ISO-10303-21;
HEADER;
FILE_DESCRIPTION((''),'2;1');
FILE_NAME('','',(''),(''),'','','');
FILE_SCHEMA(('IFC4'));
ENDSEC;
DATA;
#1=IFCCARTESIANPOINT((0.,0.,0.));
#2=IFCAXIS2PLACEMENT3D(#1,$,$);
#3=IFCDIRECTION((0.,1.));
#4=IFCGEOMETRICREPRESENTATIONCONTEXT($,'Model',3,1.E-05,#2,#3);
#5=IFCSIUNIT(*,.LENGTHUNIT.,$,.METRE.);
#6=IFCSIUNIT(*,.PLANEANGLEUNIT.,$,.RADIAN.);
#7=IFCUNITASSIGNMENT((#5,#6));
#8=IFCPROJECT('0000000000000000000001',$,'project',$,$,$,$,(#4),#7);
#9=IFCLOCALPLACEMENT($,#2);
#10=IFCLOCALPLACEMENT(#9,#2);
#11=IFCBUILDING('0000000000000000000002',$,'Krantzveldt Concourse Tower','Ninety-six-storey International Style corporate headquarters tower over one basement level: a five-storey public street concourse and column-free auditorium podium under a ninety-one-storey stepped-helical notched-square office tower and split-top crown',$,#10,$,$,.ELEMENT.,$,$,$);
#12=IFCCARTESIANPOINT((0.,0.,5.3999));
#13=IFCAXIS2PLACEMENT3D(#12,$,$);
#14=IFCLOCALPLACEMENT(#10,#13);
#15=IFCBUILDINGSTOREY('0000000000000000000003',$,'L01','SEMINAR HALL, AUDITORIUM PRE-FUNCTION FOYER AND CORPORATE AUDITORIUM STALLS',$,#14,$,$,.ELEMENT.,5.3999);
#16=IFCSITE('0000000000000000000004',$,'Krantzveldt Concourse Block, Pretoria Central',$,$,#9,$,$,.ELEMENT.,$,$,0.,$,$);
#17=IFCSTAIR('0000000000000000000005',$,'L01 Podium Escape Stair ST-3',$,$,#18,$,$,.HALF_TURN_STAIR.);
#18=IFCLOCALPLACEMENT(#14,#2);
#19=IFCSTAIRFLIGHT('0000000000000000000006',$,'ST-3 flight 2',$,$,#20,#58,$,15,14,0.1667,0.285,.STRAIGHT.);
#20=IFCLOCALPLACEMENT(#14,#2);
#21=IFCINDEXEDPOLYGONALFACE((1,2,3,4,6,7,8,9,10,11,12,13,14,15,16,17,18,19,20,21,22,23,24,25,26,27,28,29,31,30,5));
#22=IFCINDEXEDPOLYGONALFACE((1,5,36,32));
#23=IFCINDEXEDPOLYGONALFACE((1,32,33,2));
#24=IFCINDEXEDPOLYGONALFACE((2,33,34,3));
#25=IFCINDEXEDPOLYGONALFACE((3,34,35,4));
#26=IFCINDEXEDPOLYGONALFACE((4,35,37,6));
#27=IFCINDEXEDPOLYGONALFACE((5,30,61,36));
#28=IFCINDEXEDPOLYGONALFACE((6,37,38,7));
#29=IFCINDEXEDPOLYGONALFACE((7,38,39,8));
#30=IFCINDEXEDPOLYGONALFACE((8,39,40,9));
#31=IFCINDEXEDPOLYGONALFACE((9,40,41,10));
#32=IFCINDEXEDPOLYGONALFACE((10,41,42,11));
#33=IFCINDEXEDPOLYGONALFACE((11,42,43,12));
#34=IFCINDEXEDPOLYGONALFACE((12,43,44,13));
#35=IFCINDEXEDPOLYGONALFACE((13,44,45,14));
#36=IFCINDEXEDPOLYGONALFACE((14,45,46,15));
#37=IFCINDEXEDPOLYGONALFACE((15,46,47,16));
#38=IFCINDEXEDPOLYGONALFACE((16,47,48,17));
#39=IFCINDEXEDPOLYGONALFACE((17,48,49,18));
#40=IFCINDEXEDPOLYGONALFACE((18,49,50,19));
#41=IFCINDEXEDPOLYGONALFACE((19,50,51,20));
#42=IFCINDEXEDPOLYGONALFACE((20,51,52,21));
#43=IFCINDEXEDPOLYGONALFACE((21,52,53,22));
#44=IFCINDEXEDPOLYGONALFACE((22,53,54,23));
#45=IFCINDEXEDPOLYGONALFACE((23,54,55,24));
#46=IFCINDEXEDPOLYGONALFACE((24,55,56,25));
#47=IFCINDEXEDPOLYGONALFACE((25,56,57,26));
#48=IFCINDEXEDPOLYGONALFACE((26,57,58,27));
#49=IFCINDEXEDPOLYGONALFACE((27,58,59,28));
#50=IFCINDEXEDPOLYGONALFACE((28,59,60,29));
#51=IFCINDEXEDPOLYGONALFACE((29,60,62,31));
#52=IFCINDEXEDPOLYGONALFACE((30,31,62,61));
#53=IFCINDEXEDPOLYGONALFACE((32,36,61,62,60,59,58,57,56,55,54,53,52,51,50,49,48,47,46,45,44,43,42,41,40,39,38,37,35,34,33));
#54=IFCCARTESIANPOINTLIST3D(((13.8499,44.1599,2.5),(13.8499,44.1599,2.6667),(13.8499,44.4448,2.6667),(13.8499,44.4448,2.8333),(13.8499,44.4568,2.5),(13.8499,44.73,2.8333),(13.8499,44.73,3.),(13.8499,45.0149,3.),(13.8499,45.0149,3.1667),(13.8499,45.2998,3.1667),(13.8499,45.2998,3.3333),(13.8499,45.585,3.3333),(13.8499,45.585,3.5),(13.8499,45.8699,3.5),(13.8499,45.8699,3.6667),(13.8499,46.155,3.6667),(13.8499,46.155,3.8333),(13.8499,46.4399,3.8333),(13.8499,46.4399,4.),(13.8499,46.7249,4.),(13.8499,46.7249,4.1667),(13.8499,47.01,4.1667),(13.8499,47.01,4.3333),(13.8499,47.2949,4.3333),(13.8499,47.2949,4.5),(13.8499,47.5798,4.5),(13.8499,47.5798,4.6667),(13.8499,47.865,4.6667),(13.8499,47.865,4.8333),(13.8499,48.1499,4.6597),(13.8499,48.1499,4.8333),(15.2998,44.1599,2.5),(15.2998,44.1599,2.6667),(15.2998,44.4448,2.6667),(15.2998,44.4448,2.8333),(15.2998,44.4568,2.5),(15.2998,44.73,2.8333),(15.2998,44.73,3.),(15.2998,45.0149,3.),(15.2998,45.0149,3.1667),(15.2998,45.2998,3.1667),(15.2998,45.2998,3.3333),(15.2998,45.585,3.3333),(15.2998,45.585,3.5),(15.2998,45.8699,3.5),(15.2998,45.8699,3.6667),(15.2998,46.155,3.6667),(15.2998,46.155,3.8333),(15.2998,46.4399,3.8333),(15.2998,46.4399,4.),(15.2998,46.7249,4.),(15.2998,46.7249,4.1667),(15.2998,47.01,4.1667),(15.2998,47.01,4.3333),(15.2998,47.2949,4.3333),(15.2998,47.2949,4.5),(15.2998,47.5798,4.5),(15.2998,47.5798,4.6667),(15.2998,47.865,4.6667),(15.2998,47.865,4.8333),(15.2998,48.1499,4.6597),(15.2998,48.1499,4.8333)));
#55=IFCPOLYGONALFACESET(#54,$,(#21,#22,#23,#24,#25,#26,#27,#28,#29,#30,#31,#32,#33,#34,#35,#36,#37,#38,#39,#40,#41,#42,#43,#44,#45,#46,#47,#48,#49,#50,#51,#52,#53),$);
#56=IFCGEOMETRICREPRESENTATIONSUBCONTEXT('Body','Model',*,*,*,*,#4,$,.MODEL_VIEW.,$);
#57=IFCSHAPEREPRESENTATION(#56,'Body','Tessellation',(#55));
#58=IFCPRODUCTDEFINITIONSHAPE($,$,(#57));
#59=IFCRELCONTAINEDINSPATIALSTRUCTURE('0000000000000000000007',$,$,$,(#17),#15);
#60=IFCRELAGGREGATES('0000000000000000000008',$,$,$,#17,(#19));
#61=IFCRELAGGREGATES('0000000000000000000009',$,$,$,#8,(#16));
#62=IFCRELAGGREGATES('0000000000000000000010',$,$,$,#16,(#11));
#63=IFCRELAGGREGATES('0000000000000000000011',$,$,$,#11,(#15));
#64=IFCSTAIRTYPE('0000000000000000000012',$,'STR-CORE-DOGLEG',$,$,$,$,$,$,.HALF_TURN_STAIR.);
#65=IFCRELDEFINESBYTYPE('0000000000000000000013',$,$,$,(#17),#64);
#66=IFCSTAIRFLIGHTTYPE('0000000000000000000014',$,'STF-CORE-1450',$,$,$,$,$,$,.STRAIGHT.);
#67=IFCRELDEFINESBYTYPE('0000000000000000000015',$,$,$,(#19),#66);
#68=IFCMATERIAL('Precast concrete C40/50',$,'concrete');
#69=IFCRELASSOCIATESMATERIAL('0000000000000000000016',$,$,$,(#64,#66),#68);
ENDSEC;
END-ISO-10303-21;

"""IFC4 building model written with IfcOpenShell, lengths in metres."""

from ifc_helpers import new_model, si_unit, direction, frame, origin, place, context, subcontext, project, spatial, polyline, outline, extrude, material, type_object, element, aggregate, save


model = new_model("IFC4")

# Units and contexts
model_context = context("Model", 3, precision=1e-05, world=origin(), true_north=direction((0.0, 1.0)))
body_context = subcontext(model_context, "Body", "Model", "MODEL_VIEW")
ifc_project = project(units=[si_unit("LENGTHUNIT", "METRE"), si_unit("PLANEANGLEUNIT", "RADIAN")], contexts=[model_context])

# Site, building, storey
site_placement = place(None, origin())
site = spatial("IfcSite", under=ifc_project, at=site_placement, Name="Krantzveldt Concourse Block, Pretoria Central", CompositionType="ELEMENT", RefElevation=0.0)
building_placement = place(site_placement, origin())
building = spatial("IfcBuilding", under=site, at=building_placement, Name="Krantzveldt Concourse Tower", Description="Ninety-six-storey International Style corporate headquarters tower over one basement level: a five-storey public street concourse and column-free auditorium podium under a ninety-one-storey stepped-helical notched-square office tower and split-top crown", CompositionType="ELEMENT")
storey_placement = place(building_placement, frame((0.0, 0.0, 5.3999)))
storey = spatial("IfcBuildingStorey", under=building, at=storey_placement, Name="L01", Description="SEMINAR HALL, AUDITORIUM PRE-FUNCTION FOYER AND CORPORATE AUDITORIUM STALLS", CompositionType="ELEMENT", Elevation=5.3999)

# Stair, stair flight
ifc_material_1 = material(Name="Precast concrete C40/50", Category="concrete")
stair_type = type_object("IfcStairType", Name="STR-CORE-DOGLEG", PredefinedType="HALF_TURN_STAIR", material=ifc_material_1)
stair_placement = place(storey_placement, origin())
stair = element("IfcStair", 1, at=stair_placement, inside=storey, type_object=stair_type, Name="L01 Podium Escape Stair ST-3", PredefinedType="HALF_TURN_STAIR")
stair_flight_type = type_object("IfcStairFlightType", Name="STF-CORE-1450", PredefinedType="STRAIGHT", material=ifc_material_1)
stair_flight_1_placement = place(storey_placement, frame((14.575, 44.1599, 2.5), z_axis=(0.0, 0.0, 1.0), x_axis=(0.0, 1.0, 0.0)))
stair_flight_1 = element("IfcStairFlight", 2, at=stair_flight_1_placement, type_object=stair_flight_type, Name="ST-3 flight 2", NumberOfRisers=15, NumberOfTreads=14, PredefinedType="STRAIGHT", RiserHeight=0.1667, TreadLength=0.285, context=body_context, shape_type="SweptSolid", body=[
    extrude(outline(polyline([(0.0, 0.0), (0.0, 0.1667), (0.2849, 0.1667), (0.2849, 0.3333), (0.5701, 0.3333), (0.5701, 0.5), (0.855, 0.5), (0.855, 0.6667), (1.1399, 0.6667), (1.1399, 0.8333), (1.425, 0.8333), (1.425, 1.0), (1.71, 1.0), (1.71, 1.1667), (1.9951, 1.1667), (1.9951, 1.3333), (2.28, 1.3333), (2.28, 1.5), (2.5649, 1.5), (2.5649, 1.6667), (2.8501, 1.6667), (2.8501, 1.8333), (3.135, 1.8333), (3.135, 2.0), (3.4199, 2.0), (3.4199, 2.1667), (3.7051, 2.1667), (3.7051, 2.3333), (3.99, 2.3333), (3.99, 2.5), (3.99, 2.1597), (0.2969, 0.0), (0.0, 0.0)])), frame((0.0, 0.7251, 0.0), z_axis=(0.0, -1.0, 0.0), x_axis=(1.0, 0.0, 0.0)), (0.0, 0.0, 1.0), 1.45),
])
aggregate(stair, [stair_flight_1])

save(model, "model.ifc")
